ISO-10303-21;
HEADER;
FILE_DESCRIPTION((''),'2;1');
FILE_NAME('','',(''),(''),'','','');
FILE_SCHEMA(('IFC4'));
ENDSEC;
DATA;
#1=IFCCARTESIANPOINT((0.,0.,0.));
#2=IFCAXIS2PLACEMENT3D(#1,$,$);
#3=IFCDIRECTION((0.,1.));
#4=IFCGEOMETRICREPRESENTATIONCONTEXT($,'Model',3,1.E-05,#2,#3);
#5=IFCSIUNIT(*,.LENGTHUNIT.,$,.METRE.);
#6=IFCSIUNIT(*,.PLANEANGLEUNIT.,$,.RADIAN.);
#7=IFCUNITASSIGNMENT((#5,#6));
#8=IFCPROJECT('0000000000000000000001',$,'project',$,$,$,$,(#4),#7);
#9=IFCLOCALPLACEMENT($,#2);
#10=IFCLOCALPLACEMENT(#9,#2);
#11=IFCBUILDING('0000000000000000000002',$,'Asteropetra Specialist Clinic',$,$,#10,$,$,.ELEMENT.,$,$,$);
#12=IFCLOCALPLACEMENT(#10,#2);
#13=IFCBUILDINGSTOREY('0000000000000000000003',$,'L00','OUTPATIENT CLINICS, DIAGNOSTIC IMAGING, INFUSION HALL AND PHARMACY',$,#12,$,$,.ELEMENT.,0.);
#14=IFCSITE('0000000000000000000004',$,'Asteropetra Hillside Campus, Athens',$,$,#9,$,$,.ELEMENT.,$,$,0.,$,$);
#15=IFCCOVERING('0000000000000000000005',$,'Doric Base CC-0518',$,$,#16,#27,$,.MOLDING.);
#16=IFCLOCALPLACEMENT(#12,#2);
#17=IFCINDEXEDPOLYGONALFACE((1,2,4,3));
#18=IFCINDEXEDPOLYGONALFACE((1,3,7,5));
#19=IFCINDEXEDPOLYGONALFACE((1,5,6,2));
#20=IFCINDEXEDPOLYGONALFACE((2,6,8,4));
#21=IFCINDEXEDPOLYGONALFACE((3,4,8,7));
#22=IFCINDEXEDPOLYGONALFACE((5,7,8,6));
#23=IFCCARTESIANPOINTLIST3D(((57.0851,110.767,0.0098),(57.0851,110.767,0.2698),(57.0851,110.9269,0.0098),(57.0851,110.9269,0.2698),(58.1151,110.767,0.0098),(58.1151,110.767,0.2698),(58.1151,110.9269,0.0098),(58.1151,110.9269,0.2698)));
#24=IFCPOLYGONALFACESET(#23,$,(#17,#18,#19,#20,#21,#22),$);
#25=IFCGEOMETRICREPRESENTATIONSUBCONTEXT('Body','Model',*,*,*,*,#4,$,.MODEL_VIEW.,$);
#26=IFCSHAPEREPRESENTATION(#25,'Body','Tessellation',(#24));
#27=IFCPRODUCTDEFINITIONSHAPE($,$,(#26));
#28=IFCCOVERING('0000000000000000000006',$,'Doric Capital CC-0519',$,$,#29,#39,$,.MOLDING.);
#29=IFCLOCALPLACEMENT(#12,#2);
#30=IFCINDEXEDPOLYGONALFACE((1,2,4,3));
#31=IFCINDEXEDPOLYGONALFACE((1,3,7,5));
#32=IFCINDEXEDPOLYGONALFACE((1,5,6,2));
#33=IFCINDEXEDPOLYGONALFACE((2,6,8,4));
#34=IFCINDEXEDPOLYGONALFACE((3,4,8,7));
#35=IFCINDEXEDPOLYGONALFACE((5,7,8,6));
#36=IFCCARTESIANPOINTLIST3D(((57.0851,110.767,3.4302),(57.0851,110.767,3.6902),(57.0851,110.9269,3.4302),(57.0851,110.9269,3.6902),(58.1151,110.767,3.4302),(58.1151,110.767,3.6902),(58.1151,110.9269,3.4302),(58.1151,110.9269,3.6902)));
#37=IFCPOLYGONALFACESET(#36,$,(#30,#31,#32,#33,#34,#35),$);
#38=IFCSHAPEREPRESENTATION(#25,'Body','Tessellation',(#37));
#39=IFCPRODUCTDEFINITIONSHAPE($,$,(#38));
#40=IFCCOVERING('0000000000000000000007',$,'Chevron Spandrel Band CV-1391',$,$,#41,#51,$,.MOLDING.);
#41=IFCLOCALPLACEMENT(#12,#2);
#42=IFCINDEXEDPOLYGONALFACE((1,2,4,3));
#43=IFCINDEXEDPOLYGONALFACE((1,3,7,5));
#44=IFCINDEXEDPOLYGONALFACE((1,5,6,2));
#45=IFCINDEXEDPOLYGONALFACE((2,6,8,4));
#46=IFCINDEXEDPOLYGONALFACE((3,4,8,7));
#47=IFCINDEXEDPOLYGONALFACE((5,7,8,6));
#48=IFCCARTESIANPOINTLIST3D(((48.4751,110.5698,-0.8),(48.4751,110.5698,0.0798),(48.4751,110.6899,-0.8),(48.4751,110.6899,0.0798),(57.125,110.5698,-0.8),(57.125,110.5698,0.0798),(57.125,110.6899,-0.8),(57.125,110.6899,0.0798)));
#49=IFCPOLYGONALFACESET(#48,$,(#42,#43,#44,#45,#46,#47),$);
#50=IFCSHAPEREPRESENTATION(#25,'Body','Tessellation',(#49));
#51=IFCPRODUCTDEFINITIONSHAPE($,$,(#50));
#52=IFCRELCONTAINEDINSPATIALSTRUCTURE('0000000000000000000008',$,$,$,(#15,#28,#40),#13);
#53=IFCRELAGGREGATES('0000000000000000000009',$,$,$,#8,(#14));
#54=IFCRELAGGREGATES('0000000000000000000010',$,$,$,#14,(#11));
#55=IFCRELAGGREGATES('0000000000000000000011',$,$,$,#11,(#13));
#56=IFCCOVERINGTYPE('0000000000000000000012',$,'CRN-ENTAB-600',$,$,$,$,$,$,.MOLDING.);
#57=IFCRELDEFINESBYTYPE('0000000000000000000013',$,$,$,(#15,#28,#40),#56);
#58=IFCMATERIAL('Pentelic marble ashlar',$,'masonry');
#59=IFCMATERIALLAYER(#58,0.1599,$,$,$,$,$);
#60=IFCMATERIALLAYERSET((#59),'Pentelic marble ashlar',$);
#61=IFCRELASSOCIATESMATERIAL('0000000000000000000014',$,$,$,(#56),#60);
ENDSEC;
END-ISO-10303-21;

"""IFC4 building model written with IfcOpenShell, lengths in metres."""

from ifc_helpers import new_model, si_unit, direction, frame, origin, origin_2d, place, context, subcontext, project, spatial, rectangle, extrude, material, layer, layer_set, type_object, element, save


model = new_model("IFC4")

# Units and contexts
model_context = context("Model", 3, precision=1e-05, world=origin(), true_north=direction((0.0, 1.0)))
body_context = subcontext(model_context, "Body", "Model", "MODEL_VIEW")
ifc_project = project(units=[si_unit("LENGTHUNIT", "METRE"), si_unit("PLANEANGLEUNIT", "RADIAN")], contexts=[model_context])

# Site, building, storey
site_placement = place(None, origin())
site = spatial("IfcSite", under=ifc_project, at=site_placement, Name="Asteropetra Hillside Campus, Athens", CompositionType="ELEMENT", RefElevation=0.0)
building_placement = place(site_placement, origin())
building = spatial("IfcBuilding", under=site, at=building_placement, Name="Asteropetra Specialist Clinic", CompositionType="ELEMENT")
storey_placement = place(building_placement, origin())
storey = spatial("IfcBuildingStorey", under=building, at=storey_placement, Name="L00", Description="OUTPATIENT CLINICS, DIAGNOSTIC IMAGING, INFUSION HALL AND PHARMACY", CompositionType="ELEMENT", Elevation=0.0)

# Coverings
ifc_material_1 = material(Name="Pentelic marble ashlar", Category="masonry")
ifc_layer_1 = layer(ifc_material_1, 0.1599)
ifc_layer_set_1 = layer_set([ifc_layer_1], Name="Pentelic marble ashlar")
covering_type = type_object("IfcCoveringType", Name="CRN-ENTAB-600", PredefinedType="MOLDING", material=ifc_layer_set_1)
for number, where, z_axis, x_axis, name in (
    (1, (57.6001, 110.8469, 0.0098), (0.0, 0.0, 1.0), (1.0, 0.0, 0.0), "Doric Base CC-0518"),
    (2, (57.6001, 110.8469, 3.4302), (0.0, 0.0, 1.0), (1.0, 0.0, 0.0), "Doric Capital CC-0519"),
):
    element("IfcCovering", number, at=place(storey_placement, frame(where, z_axis=z_axis, x_axis=x_axis)), inside=storey, type_object=covering_type, Name=name, PredefinedType="MOLDING", context=body_context, shape_type="SweptSolid", body=[
        extrude(rectangle(XDim=1.03, YDim=0.1599, at=origin_2d()), origin(), (0.0, 0.0, 1.0), 0.26),
    ])
covering_1_placement = place(storey_placement, frame((52.8, 110.6299, -0.8), z_axis=(0.0, 0.0, 1.0), x_axis=(1.0, 0.0, 0.0)))
element("IfcCovering", 3, at=covering_1_placement, inside=storey, type_object=covering_type, Name="Chevron Spandrel Band CV-1391", PredefinedType="MOLDING", context=body_context, shape_type="SweptSolid", body=[
    extrude(rectangle(XDim=8.6499, YDim=0.1201, at=origin_2d()), origin(), (0.0, 0.0, 1.0), 0.8799),
])

save(model, "model.ifc")
